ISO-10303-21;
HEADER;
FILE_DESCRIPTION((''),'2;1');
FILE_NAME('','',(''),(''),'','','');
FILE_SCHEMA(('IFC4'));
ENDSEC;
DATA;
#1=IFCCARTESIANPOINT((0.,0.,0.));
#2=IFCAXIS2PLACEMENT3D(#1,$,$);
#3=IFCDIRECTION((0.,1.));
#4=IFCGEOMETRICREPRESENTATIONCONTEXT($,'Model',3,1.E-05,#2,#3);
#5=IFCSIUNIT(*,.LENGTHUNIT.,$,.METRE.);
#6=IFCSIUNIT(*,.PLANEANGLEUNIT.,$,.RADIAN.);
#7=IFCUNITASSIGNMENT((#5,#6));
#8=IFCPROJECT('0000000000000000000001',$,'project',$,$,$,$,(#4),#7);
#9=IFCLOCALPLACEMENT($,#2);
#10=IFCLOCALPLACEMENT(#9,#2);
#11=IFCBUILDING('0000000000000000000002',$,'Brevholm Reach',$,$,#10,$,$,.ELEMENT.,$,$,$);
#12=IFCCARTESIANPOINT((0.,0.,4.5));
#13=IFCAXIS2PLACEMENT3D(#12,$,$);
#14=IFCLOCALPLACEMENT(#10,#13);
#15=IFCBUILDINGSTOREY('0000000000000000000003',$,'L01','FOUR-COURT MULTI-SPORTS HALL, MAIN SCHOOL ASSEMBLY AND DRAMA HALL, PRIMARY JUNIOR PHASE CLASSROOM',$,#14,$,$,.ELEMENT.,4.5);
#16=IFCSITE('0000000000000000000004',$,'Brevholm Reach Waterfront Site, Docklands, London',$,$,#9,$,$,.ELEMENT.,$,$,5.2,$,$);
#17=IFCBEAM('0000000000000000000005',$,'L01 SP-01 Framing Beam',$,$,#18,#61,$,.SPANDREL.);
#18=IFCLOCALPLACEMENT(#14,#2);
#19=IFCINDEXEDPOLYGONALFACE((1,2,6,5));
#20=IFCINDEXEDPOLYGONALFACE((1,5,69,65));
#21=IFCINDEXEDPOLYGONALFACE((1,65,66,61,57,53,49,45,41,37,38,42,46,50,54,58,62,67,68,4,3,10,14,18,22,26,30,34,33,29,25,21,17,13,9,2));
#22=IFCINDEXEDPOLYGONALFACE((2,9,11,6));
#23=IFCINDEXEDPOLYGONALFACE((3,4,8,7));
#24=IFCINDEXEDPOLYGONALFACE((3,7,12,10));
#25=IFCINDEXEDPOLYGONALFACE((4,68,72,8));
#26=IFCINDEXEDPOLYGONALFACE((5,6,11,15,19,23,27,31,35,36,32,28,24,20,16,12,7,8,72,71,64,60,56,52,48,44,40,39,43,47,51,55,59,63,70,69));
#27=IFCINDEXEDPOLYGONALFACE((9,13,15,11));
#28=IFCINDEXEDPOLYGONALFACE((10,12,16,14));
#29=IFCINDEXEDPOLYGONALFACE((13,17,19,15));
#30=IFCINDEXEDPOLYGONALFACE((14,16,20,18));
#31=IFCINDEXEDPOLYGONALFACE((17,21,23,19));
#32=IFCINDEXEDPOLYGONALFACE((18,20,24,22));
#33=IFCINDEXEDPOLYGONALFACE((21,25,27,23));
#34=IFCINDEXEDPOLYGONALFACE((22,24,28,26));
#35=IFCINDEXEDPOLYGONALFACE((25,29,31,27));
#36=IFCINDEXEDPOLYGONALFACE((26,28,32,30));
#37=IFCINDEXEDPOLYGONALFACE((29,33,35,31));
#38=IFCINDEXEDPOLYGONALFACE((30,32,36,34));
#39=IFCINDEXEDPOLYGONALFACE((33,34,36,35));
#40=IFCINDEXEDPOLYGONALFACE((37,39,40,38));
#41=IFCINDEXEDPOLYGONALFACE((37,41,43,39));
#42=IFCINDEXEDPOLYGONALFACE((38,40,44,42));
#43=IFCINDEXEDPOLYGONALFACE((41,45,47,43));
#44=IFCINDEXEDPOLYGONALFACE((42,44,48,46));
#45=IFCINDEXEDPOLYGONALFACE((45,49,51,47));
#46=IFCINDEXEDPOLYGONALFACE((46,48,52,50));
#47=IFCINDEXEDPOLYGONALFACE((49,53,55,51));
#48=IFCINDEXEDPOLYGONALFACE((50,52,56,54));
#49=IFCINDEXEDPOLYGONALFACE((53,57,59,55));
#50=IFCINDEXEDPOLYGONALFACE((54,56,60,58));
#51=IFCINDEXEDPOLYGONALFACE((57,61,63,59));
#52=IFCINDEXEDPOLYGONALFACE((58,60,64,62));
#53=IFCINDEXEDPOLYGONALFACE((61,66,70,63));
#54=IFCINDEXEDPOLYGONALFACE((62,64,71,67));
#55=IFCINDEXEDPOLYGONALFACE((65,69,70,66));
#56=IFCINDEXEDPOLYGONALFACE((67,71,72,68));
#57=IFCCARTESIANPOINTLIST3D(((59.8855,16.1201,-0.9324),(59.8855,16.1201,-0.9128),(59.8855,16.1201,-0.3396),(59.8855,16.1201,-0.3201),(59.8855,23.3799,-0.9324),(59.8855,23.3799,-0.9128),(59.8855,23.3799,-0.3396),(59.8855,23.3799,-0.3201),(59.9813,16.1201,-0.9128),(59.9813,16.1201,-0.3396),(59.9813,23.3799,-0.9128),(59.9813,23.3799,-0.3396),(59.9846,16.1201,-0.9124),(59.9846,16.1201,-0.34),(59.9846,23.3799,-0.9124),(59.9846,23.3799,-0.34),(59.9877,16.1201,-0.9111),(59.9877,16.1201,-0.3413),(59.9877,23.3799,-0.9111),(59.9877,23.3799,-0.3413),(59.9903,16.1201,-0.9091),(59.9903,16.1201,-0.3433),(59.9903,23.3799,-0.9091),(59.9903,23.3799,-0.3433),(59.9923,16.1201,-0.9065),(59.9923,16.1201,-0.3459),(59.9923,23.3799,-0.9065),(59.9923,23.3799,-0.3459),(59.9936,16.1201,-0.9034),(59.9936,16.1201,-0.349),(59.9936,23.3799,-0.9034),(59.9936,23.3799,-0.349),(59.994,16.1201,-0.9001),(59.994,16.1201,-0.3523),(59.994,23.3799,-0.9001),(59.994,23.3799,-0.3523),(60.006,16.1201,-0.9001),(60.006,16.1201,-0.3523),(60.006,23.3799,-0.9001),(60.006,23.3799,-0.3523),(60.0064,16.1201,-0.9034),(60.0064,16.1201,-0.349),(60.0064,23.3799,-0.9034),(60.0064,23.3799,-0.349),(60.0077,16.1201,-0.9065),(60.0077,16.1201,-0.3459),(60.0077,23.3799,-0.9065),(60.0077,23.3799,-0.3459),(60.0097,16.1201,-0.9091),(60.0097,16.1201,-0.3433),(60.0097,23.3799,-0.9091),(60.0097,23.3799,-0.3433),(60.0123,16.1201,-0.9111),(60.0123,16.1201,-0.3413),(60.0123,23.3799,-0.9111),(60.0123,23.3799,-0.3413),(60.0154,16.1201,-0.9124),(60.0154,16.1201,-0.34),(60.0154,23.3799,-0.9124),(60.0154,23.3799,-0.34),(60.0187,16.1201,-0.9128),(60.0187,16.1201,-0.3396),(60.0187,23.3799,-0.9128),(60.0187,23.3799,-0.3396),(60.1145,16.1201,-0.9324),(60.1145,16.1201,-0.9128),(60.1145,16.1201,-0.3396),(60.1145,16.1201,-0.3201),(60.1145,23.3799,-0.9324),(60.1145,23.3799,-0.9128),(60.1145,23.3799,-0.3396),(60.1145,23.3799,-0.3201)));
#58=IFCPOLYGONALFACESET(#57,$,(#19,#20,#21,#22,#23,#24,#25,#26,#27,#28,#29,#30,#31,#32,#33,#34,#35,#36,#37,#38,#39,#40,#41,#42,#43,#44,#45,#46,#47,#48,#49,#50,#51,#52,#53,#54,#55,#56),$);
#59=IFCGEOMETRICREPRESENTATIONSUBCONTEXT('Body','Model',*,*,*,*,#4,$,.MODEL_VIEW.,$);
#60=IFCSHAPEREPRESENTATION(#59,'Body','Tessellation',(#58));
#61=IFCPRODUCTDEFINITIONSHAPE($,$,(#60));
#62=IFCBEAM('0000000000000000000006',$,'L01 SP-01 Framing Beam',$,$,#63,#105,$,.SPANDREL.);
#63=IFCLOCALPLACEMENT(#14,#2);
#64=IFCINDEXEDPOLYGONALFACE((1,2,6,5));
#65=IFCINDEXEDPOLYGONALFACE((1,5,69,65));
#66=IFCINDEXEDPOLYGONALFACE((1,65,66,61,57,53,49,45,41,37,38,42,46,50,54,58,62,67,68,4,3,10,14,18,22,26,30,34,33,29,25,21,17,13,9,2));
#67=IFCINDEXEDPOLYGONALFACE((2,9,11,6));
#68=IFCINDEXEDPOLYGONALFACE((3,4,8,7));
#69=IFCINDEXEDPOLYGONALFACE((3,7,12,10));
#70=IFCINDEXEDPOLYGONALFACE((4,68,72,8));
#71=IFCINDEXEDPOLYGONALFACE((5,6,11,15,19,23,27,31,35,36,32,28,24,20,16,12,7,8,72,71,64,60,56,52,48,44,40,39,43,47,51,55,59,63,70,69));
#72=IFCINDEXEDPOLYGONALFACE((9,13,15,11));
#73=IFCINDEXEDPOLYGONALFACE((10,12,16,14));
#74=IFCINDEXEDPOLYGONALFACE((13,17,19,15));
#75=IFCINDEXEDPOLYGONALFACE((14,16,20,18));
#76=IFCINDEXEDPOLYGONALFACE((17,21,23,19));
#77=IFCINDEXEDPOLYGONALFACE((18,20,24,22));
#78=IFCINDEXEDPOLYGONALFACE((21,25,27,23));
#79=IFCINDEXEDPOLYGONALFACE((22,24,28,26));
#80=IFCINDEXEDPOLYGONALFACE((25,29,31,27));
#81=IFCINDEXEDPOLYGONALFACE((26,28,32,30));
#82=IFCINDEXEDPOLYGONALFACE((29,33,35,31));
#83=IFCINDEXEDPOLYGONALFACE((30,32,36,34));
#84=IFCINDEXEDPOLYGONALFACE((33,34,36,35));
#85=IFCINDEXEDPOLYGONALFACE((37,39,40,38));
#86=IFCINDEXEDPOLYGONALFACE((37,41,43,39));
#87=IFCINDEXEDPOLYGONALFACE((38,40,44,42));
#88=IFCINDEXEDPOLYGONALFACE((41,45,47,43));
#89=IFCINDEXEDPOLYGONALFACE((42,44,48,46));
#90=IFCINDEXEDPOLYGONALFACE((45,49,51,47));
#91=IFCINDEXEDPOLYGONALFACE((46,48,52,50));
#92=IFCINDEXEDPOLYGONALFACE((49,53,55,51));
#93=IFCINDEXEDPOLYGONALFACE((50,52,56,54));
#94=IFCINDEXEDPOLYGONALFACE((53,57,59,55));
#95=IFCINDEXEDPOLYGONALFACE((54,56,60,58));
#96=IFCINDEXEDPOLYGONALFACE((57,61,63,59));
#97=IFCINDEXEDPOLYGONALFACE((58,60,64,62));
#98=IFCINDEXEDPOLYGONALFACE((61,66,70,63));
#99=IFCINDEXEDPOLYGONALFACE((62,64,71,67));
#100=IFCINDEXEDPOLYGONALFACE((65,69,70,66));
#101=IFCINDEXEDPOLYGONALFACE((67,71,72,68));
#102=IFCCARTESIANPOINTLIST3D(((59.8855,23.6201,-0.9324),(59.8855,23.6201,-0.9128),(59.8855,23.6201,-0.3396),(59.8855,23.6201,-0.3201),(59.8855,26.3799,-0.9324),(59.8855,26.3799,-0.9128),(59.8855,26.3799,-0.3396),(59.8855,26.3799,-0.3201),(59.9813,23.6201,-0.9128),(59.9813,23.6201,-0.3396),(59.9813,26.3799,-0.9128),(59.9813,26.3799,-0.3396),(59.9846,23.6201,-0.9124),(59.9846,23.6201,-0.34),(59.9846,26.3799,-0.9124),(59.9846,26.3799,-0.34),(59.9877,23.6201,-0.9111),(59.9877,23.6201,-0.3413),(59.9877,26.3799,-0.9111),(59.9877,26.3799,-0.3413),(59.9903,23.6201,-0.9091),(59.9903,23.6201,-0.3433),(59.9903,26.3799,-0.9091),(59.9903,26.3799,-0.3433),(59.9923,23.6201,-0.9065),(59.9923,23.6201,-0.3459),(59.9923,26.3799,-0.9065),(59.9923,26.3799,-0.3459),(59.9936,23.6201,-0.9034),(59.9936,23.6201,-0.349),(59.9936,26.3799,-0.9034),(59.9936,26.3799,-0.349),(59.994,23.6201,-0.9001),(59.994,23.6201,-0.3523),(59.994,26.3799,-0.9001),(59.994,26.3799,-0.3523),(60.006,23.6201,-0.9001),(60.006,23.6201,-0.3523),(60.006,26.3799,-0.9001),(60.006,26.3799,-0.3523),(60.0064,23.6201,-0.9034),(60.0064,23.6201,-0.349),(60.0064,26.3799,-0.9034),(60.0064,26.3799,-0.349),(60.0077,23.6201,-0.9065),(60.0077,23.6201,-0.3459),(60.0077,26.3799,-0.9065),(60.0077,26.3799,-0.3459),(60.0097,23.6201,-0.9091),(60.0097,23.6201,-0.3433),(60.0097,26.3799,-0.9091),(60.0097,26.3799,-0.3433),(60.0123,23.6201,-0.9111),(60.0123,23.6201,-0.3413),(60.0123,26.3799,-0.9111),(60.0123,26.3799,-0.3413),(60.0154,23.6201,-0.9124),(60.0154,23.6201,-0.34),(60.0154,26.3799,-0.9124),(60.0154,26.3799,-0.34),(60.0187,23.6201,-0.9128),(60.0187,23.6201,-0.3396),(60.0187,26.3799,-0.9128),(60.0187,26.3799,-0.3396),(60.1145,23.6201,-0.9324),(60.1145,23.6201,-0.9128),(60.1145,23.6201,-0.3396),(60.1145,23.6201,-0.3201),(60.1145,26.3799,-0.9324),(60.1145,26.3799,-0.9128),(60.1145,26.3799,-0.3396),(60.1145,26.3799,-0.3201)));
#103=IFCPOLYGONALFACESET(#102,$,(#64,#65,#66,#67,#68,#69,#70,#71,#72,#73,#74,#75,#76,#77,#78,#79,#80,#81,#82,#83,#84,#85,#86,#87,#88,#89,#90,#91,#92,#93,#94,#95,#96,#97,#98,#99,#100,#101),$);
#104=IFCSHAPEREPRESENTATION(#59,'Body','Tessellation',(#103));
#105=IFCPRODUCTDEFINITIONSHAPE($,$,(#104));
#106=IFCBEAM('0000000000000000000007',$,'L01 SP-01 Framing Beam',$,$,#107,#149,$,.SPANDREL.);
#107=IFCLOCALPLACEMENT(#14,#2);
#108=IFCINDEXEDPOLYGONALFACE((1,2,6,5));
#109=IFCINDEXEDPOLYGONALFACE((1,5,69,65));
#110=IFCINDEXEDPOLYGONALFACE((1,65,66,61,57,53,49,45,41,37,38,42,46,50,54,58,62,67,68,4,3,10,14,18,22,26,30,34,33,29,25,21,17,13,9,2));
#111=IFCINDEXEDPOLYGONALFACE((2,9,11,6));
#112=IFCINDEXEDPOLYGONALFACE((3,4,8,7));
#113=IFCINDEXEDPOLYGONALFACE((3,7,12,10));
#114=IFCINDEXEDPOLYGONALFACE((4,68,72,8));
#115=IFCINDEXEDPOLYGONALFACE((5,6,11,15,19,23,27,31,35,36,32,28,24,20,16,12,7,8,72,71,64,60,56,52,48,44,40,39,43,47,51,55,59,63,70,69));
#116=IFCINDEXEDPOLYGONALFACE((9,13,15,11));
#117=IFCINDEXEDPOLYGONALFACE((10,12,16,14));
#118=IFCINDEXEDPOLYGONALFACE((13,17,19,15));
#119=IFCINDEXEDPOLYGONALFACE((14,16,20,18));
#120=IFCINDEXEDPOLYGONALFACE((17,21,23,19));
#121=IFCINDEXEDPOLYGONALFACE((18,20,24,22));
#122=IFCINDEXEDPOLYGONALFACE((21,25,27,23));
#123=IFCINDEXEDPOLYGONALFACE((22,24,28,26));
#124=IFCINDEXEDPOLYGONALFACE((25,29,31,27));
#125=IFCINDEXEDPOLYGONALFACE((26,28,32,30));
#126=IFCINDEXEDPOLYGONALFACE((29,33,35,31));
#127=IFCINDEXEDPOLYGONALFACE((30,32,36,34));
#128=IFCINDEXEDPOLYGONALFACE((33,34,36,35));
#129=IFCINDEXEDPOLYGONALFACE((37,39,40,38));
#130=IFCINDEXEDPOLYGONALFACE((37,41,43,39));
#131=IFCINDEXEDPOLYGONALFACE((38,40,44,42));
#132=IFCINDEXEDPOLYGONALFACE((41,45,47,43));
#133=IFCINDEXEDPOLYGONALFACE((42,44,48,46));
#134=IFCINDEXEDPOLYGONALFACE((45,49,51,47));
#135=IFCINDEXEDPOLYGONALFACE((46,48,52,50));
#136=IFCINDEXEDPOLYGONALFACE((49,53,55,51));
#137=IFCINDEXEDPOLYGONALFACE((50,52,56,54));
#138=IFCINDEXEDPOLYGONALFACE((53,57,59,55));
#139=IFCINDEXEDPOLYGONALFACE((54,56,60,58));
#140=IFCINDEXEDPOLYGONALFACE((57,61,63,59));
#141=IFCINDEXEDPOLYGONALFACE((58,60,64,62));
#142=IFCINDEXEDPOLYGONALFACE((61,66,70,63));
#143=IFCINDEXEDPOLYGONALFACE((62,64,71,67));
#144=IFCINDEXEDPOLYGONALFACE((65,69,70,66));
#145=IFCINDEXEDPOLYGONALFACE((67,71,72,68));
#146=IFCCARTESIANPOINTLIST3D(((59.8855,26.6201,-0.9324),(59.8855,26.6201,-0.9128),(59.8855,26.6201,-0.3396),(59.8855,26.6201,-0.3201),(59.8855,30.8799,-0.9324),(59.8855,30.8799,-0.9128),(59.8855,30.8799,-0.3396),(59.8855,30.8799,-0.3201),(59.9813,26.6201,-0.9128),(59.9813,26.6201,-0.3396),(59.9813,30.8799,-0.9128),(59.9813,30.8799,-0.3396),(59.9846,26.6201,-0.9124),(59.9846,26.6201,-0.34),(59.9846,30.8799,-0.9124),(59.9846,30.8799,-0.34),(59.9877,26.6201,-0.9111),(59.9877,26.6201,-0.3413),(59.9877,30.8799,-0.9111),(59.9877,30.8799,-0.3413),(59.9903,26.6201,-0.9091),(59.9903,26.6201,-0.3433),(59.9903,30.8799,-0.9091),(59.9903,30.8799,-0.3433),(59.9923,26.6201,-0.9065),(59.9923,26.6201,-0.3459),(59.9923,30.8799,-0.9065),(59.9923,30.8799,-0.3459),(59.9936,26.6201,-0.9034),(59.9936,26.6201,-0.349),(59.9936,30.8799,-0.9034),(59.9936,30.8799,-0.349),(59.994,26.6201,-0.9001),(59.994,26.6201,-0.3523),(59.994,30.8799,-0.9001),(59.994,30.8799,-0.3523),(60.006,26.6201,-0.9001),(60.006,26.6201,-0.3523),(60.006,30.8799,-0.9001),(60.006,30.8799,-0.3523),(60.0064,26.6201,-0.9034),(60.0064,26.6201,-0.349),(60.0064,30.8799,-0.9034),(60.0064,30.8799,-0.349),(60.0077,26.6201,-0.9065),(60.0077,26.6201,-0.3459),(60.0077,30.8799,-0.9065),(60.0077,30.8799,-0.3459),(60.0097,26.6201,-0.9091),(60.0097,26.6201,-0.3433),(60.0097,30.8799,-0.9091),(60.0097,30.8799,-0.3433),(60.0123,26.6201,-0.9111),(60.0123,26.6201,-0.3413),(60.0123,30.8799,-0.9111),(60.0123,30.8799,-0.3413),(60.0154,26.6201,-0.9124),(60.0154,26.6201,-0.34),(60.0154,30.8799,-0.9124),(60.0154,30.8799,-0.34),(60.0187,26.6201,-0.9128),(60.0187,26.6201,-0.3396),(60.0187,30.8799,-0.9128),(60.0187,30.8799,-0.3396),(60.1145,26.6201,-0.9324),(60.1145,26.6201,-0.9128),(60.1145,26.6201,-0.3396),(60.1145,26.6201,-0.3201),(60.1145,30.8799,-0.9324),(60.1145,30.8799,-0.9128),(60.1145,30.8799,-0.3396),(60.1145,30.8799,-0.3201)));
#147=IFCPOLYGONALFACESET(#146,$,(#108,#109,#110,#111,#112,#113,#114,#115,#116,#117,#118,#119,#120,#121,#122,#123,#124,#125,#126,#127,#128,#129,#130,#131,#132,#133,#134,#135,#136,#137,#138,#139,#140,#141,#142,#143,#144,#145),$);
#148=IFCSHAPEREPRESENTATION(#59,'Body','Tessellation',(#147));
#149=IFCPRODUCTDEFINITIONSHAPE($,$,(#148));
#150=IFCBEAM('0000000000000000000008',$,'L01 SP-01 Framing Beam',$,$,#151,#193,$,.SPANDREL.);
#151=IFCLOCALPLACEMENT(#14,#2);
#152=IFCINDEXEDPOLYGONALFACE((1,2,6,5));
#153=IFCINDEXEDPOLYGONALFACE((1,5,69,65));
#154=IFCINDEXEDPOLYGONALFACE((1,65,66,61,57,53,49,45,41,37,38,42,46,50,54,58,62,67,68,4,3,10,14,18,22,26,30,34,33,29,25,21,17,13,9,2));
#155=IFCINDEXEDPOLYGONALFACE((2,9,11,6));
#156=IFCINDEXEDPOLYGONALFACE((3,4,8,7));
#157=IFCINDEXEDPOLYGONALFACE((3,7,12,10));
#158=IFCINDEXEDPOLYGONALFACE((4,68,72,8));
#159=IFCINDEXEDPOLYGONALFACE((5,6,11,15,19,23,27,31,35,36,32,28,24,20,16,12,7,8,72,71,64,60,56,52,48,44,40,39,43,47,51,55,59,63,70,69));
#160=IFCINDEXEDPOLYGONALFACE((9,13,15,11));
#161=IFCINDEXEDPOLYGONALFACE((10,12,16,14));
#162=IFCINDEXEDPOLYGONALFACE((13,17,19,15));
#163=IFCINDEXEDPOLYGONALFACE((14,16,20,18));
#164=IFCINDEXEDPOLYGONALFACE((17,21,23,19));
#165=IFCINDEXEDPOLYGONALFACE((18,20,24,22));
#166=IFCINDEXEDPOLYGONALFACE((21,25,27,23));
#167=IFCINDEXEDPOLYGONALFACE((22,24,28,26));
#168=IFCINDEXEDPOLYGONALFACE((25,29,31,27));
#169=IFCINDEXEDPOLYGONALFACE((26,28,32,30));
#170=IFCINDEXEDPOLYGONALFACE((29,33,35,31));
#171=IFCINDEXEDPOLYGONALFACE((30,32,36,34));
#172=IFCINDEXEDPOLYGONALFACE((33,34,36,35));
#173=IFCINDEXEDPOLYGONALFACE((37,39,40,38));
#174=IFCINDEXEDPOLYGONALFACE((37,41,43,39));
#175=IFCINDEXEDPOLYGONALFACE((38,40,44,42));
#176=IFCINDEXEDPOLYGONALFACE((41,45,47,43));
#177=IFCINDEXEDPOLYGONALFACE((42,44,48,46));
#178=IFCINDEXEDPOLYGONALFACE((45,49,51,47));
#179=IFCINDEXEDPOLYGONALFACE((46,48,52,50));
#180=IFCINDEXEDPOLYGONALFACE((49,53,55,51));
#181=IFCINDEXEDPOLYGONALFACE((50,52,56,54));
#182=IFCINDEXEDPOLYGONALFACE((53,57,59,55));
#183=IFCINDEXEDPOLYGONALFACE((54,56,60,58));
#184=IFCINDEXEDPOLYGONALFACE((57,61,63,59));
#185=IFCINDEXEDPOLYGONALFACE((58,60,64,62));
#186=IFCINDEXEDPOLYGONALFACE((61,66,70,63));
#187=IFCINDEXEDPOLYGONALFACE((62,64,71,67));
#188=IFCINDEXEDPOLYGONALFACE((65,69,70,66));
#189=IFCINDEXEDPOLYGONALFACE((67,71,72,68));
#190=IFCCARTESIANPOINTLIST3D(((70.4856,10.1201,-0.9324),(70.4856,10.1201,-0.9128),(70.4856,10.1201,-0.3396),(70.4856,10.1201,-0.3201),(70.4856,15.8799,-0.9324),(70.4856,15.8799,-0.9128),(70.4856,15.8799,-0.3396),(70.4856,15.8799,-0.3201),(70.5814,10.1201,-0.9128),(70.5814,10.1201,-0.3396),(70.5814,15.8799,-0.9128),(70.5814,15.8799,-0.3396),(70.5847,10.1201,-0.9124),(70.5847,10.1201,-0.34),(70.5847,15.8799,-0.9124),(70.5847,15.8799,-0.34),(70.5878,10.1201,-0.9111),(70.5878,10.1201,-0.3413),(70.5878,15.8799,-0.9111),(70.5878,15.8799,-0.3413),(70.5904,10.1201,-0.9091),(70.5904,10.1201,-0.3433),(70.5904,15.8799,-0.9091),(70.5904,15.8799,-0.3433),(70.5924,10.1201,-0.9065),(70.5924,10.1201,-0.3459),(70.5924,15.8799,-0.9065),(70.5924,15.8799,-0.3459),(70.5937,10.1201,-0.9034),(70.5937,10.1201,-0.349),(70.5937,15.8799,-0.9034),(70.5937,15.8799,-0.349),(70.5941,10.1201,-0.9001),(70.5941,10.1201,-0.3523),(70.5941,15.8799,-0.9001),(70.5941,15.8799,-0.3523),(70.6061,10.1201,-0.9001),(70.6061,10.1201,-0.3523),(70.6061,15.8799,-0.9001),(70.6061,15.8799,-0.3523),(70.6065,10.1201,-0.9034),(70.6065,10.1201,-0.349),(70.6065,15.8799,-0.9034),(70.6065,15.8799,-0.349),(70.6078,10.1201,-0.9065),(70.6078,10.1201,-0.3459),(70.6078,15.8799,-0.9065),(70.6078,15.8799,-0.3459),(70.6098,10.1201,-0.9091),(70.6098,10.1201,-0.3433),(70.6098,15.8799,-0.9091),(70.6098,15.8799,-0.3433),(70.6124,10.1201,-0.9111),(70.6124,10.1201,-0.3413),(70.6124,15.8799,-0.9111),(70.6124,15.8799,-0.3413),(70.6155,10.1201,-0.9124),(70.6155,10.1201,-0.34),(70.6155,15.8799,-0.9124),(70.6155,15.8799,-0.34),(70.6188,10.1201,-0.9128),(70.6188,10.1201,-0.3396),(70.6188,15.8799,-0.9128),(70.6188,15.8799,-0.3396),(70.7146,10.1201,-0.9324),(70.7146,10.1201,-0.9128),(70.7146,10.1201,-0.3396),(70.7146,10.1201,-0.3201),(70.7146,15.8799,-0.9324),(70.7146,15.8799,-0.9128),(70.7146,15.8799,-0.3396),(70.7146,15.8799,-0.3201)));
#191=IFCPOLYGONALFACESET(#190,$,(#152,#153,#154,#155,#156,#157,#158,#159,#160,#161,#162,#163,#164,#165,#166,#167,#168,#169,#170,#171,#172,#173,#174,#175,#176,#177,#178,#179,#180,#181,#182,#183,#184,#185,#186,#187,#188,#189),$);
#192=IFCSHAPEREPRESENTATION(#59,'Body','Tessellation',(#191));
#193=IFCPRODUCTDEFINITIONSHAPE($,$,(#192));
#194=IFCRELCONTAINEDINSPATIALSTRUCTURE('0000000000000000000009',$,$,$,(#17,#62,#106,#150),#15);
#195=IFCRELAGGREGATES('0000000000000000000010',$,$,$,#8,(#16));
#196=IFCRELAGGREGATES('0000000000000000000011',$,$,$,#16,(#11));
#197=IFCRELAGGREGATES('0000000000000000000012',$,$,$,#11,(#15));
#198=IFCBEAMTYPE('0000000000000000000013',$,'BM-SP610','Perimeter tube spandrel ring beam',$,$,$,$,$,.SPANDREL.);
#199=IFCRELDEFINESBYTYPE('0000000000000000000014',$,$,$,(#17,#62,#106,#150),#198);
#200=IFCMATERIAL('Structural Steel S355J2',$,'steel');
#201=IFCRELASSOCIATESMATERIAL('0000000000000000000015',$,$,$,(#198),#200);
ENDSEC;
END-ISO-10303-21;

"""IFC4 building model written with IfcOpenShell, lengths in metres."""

from ifc_helpers import new_model, si_unit, direction, frame, origin, origin_2d, place, context, subcontext, project, spatial, i_section, extrude, material, material_profile, profile_set, type_object, element, save


model = new_model("IFC4")

# Units and contexts
model_context = context("Model", 3, precision=1e-05, world=origin(), true_north=direction((0.0, 1.0)))
body_context = subcontext(model_context, "Body", "Model", "MODEL_VIEW")
ifc_project = project(units=[si_unit("LENGTHUNIT", "METRE"), si_unit("PLANEANGLEUNIT", "RADIAN")], contexts=[model_context])

# Site, building, storey
site_placement = place(None, origin())
site = spatial("IfcSite", under=ifc_project, at=site_placement, Name="Brevholm Reach Waterfront Site, Docklands, London", CompositionType="ELEMENT", RefElevation=5.2)
building_placement = place(site_placement, origin())
building = spatial("IfcBuilding", under=site, at=building_placement, Name="Brevholm Reach", CompositionType="ELEMENT")
storey_placement = place(building_placement, frame((0.0, 0.0, 4.5)))
storey = spatial("IfcBuildingStorey", under=building, at=storey_placement, Name="L01", Description="FOUR-COURT MULTI-SPORTS HALL, MAIN SCHOOL ASSEMBLY AND DRAMA HALL, PRIMARY JUNIOR PHASE CLASSROOM", CompositionType="ELEMENT", Elevation=4.5)

# Beams
ifc_material_1 = material(Name="Structural Steel S355J2", Category="steel")
ifc_material_profile_1 = material_profile(ifc_material_1, i_section(OverallWidth=0.229, OverallDepth=0.6123, WebThickness=0.012, FlangeThickness=0.0195, FilletRadius=0.0127, at=origin_2d()), Name="UKB 610x229x125")
ifc_profile_set_1 = profile_set([ifc_material_profile_1], Name="Structural Steel S355J2")
beam_type_1 = type_object("IfcBeamType", Name="BM-SP610", Description="Perimeter tube spandrel ring beam", PredefinedType="SPANDREL", material=ifc_profile_set_1)
beam_1_placement = place(storey_placement, frame((60.0, 16.1201, -0.6262), z_axis=(0.0, 1.0, 0.0), x_axis=(-1.0, 0.0, 0.0)))
element("IfcBeam", 1, at=beam_1_placement, inside=storey, type_object=beam_type_1, Name="L01 SP-01 Framing Beam", PredefinedType="SPANDREL", context=body_context, shape_type="SweptSolid", body=[
    extrude(i_section(OverallWidth=0.229, OverallDepth=0.6123, WebThickness=0.012, FlangeThickness=0.0195, FilletRadius=0.0127, at=origin_2d()), origin(), (0.0, 0.0, 1.0), 7.2598),
])
beam_2_placement = place(storey_placement, frame((60.0, 23.6201, -0.6262), z_axis=(0.0, 1.0, 0.0), x_axis=(-1.0, 0.0, 0.0)))
element("IfcBeam", 2, at=beam_2_placement, inside=storey, type_object=beam_type_1, Name="L01 SP-01 Framing Beam", PredefinedType="SPANDREL", context=body_context, shape_type="SweptSolid", body=[
    extrude(i_section(OverallWidth=0.229, OverallDepth=0.6123, WebThickness=0.012, FlangeThickness=0.0195, FilletRadius=0.0127, at=origin_2d()), origin(), (0.0, 0.0, 1.0), 2.7598),
])
beam_3_placement = place(storey_placement, frame((60.0, 26.6201, -0.6262), z_axis=(0.0, 1.0, 0.0), x_axis=(-1.0, 0.0, 0.0)))
element("IfcBeam", 3, at=beam_3_placement, inside=storey, type_object=beam_type_1, Name="L01 SP-01 Framing Beam", PredefinedType="SPANDREL", context=body_context, shape_type="SweptSolid", body=[
    extrude(i_section(OverallWidth=0.229, OverallDepth=0.6123, WebThickness=0.012, FlangeThickness=0.0195, FilletRadius=0.0127, at=origin_2d()), origin(), (0.0, 0.0, 1.0), 4.2598),
])
beam_4_placement = place(storey_placement, frame((70.6001, 10.1201, -0.6262), z_axis=(0.0, 1.0, 0.0), x_axis=(-1.0, 0.0, 0.0)))
element("IfcBeam", 4, at=beam_4_placement, inside=storey, type_object=beam_type_1, Name="L01 SP-01 Framing Beam", PredefinedType="SPANDREL", context=body_context, shape_type="SweptSolid", body=[
    extrude(i_section(OverallWidth=0.229, OverallDepth=0.6123, WebThickness=0.012, FlangeThickness=0.0195, FilletRadius=0.0127, at=origin_2d()), origin(), (0.0, 0.0, 1.0), 5.7598),
])

save(model, "model.ifc")
